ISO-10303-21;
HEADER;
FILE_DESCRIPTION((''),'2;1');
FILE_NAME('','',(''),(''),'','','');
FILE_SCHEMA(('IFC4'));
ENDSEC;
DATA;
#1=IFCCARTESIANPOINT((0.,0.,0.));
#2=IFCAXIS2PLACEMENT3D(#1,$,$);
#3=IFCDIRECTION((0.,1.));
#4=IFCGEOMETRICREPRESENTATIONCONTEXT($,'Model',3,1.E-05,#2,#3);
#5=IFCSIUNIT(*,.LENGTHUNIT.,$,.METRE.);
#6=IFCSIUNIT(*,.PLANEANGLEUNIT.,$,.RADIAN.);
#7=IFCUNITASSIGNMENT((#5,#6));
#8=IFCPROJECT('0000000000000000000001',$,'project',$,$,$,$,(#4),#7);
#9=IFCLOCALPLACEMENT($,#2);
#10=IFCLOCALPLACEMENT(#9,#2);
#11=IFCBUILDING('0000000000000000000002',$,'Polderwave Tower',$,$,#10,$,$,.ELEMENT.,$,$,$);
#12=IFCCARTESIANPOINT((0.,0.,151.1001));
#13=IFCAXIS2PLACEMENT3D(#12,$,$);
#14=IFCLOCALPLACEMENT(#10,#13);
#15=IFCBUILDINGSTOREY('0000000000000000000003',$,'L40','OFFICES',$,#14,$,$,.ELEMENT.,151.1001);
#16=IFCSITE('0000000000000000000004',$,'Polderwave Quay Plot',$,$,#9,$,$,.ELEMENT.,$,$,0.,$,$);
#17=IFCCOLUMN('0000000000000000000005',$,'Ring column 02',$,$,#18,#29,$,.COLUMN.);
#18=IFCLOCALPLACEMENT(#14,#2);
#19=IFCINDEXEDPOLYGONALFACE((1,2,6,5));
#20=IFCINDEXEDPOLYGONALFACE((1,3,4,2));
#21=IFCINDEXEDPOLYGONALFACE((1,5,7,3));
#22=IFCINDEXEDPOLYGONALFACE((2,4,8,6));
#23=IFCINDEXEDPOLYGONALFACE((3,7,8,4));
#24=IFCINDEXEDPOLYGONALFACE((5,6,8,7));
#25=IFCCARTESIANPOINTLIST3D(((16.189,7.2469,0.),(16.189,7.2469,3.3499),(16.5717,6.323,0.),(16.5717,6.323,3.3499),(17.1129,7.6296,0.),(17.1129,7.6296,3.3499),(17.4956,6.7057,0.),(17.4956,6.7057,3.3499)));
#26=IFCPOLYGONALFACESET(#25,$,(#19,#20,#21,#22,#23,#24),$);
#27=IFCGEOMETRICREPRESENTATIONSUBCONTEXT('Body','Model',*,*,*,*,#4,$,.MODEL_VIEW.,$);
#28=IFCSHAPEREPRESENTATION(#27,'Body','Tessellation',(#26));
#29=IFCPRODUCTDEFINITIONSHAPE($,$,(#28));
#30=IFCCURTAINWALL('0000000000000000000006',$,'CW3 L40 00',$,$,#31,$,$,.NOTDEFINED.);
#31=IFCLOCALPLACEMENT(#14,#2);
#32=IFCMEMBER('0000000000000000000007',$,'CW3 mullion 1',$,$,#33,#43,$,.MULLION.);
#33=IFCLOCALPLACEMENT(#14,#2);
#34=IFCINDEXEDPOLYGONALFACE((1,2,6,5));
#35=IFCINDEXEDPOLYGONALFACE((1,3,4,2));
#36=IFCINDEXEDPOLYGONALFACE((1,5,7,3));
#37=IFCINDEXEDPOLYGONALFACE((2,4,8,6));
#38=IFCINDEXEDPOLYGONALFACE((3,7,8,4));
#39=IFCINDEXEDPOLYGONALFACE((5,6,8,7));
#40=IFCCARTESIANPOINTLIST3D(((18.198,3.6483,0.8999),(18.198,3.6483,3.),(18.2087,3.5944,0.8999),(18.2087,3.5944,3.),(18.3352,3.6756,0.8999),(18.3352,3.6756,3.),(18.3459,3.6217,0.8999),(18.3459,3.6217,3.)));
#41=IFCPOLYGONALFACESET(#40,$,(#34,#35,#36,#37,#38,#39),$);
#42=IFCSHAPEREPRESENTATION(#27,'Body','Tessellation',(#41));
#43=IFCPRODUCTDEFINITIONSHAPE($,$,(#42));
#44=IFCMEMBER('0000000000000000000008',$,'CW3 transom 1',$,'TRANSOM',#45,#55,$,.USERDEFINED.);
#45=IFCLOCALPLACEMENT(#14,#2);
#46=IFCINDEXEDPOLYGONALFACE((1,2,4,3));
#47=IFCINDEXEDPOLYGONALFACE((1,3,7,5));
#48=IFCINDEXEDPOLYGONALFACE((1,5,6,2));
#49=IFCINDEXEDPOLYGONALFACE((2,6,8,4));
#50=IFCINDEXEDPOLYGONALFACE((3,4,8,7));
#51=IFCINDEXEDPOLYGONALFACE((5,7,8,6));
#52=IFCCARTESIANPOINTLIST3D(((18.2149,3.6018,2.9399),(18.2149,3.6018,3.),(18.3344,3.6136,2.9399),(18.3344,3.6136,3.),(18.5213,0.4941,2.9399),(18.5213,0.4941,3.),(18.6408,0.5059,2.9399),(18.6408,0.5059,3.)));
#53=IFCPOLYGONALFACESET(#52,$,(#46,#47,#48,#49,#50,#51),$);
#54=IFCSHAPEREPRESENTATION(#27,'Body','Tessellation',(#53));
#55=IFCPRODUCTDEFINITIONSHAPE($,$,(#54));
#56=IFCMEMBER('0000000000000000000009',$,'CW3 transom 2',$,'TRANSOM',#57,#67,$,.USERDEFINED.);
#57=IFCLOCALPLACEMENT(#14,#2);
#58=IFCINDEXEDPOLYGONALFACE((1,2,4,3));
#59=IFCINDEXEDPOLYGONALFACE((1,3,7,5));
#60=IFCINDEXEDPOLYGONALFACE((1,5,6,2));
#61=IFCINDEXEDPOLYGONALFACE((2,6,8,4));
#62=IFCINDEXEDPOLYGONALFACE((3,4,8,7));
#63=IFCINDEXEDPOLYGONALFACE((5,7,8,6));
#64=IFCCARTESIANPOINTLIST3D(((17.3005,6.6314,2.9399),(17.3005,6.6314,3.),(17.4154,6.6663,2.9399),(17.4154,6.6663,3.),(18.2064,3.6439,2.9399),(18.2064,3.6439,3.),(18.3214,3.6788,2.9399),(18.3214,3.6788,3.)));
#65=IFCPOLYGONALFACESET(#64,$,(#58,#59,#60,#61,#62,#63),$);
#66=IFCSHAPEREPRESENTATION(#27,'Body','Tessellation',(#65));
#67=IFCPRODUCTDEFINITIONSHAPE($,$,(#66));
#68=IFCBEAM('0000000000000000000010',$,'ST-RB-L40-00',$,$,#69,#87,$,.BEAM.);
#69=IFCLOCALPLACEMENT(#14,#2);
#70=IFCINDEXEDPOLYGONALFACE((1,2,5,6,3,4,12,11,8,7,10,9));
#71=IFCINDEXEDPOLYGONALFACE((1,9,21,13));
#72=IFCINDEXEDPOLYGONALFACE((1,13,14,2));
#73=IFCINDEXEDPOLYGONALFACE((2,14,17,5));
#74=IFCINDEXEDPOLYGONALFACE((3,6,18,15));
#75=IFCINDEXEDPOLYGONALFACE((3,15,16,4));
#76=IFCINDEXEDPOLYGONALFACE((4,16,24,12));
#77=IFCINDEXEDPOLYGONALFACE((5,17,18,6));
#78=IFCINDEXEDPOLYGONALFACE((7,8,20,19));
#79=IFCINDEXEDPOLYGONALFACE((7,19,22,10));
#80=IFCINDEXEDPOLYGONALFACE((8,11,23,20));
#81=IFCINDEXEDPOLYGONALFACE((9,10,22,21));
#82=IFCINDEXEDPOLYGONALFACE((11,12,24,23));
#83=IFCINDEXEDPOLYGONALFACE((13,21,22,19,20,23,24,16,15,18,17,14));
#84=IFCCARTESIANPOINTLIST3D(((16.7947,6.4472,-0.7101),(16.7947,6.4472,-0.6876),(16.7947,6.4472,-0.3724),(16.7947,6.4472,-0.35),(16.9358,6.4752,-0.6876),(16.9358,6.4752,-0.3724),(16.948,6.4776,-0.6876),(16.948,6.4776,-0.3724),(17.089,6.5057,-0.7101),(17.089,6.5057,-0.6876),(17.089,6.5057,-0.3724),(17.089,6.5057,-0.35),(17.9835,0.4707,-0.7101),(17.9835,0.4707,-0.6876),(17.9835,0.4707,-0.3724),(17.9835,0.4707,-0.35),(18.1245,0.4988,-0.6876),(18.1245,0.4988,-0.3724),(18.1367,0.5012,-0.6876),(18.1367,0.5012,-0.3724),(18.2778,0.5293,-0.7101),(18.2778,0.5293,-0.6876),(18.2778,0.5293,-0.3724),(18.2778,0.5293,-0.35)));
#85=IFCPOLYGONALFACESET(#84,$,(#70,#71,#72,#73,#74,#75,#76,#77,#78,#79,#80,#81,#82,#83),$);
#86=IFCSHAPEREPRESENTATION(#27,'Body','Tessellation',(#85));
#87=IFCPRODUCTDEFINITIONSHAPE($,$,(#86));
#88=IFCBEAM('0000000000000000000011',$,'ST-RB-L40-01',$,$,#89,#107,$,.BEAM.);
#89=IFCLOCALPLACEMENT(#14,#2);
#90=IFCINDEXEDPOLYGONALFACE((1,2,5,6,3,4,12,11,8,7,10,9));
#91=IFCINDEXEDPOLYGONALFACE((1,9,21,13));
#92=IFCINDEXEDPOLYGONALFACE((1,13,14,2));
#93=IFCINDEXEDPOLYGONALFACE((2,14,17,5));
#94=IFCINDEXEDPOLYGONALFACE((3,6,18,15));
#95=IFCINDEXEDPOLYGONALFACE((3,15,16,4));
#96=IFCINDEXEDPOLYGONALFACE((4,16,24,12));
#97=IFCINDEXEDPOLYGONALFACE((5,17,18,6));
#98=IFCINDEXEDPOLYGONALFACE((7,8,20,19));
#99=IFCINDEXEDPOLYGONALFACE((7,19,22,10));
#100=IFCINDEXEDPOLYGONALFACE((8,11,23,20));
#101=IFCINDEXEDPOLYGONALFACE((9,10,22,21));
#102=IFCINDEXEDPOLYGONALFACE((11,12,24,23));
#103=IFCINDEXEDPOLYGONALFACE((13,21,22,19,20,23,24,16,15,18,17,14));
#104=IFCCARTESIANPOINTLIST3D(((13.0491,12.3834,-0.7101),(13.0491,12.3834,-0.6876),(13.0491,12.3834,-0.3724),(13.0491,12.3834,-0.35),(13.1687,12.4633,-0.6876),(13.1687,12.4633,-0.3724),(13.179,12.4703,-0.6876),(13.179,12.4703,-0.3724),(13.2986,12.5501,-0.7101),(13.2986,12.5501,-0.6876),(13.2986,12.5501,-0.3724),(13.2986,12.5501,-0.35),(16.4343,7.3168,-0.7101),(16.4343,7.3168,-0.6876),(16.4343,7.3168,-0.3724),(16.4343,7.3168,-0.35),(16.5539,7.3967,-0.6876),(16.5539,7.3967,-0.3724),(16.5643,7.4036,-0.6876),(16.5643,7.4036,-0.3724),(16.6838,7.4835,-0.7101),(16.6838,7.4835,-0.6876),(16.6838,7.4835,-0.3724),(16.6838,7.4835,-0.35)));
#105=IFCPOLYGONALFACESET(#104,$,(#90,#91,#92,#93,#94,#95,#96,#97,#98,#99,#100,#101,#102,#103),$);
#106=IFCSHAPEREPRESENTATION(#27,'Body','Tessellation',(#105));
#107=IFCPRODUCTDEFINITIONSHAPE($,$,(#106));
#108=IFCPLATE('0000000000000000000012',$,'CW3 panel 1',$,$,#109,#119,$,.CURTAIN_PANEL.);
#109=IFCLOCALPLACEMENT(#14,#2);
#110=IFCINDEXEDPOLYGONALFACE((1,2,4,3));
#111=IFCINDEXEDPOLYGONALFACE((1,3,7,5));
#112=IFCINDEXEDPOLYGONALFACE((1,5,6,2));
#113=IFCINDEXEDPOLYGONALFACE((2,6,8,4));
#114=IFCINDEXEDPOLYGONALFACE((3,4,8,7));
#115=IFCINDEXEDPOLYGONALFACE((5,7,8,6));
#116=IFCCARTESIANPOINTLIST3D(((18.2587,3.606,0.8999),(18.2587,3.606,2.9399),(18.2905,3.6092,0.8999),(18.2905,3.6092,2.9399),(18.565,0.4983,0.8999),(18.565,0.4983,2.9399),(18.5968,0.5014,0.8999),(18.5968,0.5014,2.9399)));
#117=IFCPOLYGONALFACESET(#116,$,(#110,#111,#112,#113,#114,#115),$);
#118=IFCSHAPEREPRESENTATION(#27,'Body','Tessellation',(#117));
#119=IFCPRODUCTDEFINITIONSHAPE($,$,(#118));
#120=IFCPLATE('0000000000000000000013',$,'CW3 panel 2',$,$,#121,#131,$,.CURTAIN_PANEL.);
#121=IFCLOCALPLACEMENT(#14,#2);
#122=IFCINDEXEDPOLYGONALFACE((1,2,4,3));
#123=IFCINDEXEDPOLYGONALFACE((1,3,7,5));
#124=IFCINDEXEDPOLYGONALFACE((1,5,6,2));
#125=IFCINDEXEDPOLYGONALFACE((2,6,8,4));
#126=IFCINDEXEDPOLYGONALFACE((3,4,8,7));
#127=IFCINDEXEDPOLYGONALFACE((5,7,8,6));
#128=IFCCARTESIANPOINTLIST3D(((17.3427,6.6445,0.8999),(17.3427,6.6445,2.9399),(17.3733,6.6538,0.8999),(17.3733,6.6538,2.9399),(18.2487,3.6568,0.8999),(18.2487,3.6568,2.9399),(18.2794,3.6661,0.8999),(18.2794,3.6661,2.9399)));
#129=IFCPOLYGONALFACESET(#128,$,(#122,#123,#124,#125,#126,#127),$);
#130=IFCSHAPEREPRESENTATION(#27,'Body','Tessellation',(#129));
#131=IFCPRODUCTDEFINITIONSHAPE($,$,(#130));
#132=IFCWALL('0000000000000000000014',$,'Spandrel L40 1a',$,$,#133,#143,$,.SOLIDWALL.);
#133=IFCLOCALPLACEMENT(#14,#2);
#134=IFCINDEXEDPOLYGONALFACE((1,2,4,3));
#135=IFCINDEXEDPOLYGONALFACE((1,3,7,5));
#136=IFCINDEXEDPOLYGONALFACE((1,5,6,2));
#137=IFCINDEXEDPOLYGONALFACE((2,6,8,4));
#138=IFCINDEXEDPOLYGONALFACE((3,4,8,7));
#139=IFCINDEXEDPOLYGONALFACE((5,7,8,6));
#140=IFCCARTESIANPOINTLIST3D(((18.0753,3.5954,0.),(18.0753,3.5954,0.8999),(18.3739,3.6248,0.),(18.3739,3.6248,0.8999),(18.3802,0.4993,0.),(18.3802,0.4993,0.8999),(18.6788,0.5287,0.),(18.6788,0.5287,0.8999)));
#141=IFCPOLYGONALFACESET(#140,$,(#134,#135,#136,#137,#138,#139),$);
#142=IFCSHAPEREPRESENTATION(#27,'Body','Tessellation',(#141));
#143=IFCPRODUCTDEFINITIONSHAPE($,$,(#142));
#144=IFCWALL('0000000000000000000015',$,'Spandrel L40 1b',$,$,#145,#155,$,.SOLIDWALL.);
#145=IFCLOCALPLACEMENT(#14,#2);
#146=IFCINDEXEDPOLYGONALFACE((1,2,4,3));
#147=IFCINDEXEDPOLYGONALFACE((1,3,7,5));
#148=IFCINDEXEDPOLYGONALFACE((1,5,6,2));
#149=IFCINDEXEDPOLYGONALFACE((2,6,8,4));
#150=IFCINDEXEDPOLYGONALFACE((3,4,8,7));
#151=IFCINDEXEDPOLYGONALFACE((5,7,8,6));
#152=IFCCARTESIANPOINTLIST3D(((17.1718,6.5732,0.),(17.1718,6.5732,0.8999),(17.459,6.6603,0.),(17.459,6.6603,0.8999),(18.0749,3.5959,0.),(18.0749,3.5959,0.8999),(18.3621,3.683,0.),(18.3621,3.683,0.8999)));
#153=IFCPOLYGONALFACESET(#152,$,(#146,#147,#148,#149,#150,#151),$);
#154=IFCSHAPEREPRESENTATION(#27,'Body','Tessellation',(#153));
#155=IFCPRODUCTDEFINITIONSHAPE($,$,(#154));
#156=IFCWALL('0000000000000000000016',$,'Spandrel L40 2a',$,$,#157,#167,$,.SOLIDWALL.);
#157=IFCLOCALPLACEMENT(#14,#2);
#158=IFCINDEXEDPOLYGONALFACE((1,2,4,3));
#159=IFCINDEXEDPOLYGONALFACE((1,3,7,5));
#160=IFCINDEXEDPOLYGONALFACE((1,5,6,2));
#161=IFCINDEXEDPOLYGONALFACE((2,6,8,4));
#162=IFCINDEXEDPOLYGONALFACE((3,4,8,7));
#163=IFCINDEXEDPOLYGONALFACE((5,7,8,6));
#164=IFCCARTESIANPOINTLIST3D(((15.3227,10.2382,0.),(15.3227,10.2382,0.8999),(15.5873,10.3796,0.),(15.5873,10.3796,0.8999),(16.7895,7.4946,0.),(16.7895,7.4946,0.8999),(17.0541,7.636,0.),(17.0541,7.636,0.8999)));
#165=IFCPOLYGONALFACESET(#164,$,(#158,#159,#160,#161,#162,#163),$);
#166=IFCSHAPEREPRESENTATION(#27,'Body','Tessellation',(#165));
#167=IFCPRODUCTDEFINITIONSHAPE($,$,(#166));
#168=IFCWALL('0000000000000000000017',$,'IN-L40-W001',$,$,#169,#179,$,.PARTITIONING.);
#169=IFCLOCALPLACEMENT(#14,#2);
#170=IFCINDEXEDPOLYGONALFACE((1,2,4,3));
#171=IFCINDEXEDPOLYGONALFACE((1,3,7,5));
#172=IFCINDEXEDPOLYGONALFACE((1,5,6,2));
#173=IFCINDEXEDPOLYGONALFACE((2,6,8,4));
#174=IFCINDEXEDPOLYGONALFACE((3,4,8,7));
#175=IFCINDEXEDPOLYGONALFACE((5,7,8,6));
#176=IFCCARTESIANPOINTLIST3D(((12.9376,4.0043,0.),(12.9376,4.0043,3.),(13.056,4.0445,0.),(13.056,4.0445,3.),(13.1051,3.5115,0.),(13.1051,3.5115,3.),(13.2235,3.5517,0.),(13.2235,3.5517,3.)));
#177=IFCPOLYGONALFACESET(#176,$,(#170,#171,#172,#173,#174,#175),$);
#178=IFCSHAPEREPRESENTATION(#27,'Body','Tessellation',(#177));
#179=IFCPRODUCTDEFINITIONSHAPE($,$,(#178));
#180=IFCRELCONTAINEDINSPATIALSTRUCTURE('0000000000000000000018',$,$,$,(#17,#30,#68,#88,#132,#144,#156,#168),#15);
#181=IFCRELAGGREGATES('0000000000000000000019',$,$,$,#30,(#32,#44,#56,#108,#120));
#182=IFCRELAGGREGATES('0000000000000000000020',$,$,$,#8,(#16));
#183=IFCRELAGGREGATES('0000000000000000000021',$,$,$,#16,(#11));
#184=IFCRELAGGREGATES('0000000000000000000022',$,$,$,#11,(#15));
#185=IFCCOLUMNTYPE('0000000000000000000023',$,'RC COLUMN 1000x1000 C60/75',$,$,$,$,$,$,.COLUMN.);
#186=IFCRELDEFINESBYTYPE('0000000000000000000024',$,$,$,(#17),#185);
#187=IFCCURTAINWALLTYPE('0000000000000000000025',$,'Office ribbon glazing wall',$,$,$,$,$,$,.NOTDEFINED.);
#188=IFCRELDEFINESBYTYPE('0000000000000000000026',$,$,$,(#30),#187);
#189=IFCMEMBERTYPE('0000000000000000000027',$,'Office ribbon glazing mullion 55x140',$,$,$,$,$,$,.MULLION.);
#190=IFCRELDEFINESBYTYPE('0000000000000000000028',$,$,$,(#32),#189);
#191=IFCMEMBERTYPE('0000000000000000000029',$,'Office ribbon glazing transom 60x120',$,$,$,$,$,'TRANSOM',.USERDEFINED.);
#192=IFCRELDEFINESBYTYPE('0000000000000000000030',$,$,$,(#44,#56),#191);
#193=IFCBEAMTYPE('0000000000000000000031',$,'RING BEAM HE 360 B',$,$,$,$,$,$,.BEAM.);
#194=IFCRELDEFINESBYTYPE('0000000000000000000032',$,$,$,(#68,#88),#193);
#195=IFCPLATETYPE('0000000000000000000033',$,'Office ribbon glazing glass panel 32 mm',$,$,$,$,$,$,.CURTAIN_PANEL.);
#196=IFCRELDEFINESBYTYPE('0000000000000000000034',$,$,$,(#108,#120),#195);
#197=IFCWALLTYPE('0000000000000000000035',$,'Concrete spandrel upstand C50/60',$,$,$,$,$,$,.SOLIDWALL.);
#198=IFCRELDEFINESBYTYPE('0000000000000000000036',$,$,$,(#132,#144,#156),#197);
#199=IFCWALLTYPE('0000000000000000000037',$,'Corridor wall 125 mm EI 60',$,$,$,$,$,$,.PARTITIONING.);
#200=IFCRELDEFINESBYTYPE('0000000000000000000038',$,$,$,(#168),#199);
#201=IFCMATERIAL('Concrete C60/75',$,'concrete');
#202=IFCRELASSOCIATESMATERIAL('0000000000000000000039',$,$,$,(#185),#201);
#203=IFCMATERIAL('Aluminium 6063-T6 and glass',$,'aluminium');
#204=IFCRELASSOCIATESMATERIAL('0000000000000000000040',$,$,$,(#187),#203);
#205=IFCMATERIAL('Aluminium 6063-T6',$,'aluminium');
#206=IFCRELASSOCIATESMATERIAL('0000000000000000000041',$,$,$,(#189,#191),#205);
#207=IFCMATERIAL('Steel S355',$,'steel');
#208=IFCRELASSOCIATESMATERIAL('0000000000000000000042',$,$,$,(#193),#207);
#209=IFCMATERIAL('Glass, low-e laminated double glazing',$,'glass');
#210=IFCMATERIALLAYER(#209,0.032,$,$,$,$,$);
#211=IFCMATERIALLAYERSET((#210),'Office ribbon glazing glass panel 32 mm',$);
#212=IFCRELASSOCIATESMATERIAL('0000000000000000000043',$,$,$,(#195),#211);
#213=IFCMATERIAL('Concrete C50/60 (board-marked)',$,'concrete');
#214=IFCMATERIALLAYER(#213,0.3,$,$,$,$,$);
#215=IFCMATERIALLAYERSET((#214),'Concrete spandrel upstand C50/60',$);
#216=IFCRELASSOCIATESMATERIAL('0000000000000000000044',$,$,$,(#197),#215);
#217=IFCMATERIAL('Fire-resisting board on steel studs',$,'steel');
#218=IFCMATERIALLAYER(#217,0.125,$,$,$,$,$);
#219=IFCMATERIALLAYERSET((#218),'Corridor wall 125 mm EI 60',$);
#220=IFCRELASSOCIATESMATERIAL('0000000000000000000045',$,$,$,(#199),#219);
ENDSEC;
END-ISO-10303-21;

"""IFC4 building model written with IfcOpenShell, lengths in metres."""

from ifc_helpers import new_model, si_unit, direction, frame, frame_2d, origin, origin_2d, place, context, subcontext, project, spatial, rectangle, i_section, extrude, material, layer, layer_set, material_profile, profile_set, type_object, element, aggregate, save


model = new_model("IFC4")

# Units and contexts
model_context = context("Model", 3, precision=1e-05, world=origin(), true_north=direction((0.0, 1.0)))
body_context = subcontext(model_context, "Body", "Model", "MODEL_VIEW")
ifc_project = project(units=[si_unit("LENGTHUNIT", "METRE"), si_unit("PLANEANGLEUNIT", "RADIAN")], contexts=[model_context])

# Site, building, storey
site_placement = place(None, origin())
site = spatial("IfcSite", under=ifc_project, at=site_placement, Name="Polderwave Quay Plot", CompositionType="ELEMENT", RefElevation=0.0)
building_placement = place(site_placement, origin())
building = spatial("IfcBuilding", under=site, at=building_placement, Name="Polderwave Tower", CompositionType="ELEMENT")
storey_placement = place(building_placement, frame((0.0, 0.0, 151.1001)))
storey = spatial("IfcBuildingStorey", under=building, at=storey_placement, Name="L40", Description="OFFICES", CompositionType="ELEMENT", Elevation=151.1001)

# Column
ifc_material_1 = material(Name="Concrete C60/75", Category="concrete")
ifc_material_profile_1 = material_profile(ifc_material_1, rectangle(XDim=1.0, YDim=1.0, at=origin_2d()), Name="RC 1000x1000")
ifc_profile_set_1 = profile_set([ifc_material_profile_1], Name="Concrete C60/75")
column_type = type_object("IfcColumnType", Name="RC COLUMN 1000x1000 C60/75", PredefinedType="COLUMN", material=ifc_profile_set_1)
column_placement = place(storey_placement, frame((16.8423, 6.9763, 0.0), z_axis=(0.0, 0.0, 1.0), x_axis=(0.92388, 0.382683, 0.0)))
element("IfcColumn", 1, at=column_placement, inside=storey, type_object=column_type, Name="Ring column 02", PredefinedType="COLUMN", context=body_context, shape_type="SweptSolid", body=[
    extrude(rectangle(XDim=1.0, YDim=1.0, at=origin_2d()), origin(), (0.0, 0.0, 1.0), 3.3499),
])

# Curtain wall, members
ifc_material_2 = material(Name="Aluminium 6063-T6 and glass", Category="aluminium")
curtain_wall_type = type_object("IfcCurtainWallType", Name="Office ribbon glazing wall", PredefinedType="NOTDEFINED", material=ifc_material_2)
curtain_wall_placement = place(storey_placement, origin())
curtain_wall = element("IfcCurtainWall", 2, at=curtain_wall_placement, inside=storey, type_object=curtain_wall_type, Name="CW3 L40 00", PredefinedType="NOTDEFINED")
ifc_material_3 = material(Name="Aluminium 6063-T6", Category="aluminium")
ifc_material_profile_2 = material_profile(ifc_material_3, rectangle(XDim=0.1399, YDim=0.0549, at=origin_2d()), Name="AL 55x140")
ifc_profile_set_2 = profile_set([ifc_material_profile_2], Name="Aluminium 6063-T6")
member_type_1 = type_object("IfcMemberType", Name="Office ribbon glazing mullion 55x140", PredefinedType="MULLION", material=ifc_profile_set_2)
member_1_placement = place(storey_placement, frame((18.272, 3.635, 0.8999), z_axis=(0.0, 0.0, 1.0), x_axis=(-0.980787, -0.195083, 0.0)))
member_1 = element("IfcMember", 3, at=member_1_placement, type_object=member_type_1, Name="CW3 mullion 1", PredefinedType="MULLION", context=body_context, shape_type="SweptSolid", body=[
    extrude(rectangle(XDim=0.1399, YDim=0.0549, at=origin_2d()), origin(), (0.0, 0.0, 1.0), 2.1001),
])
ifc_material_profile_3 = material_profile(ifc_material_3, rectangle(XDim=0.1201, YDim=0.0601, at=origin_2d()), Name="AL 60x120")
ifc_profile_set_3 = profile_set([ifc_material_profile_3], Name="Aluminium 6063-T6")
member_type_2 = type_object("IfcMemberType", Name="Office ribbon glazing transom 60x120", ElementType="TRANSOM", PredefinedType="USERDEFINED", material=ifc_profile_set_3)
member_2_placement = place(storey_placement, frame((18.5811, 0.5, 2.97), z_axis=(-0.098118, 0.995175, 0.0), x_axis=(-0.995175, -0.098118, 0.0)))
member_2 = element("IfcMember", 4, at=member_2_placement, type_object=member_type_2, Name="CW3 transom 1", ObjectType="TRANSOM", PredefinedType="USERDEFINED", context=body_context, shape_type="SweptSolid", body=[
    extrude(rectangle(XDim=0.1201, YDim=0.0601, at=origin_2d()), origin(), (0.0, 0.0, 1.0), 3.1228),
])
member_3_placement = place(storey_placement, frame((18.2639, 3.6614, 2.97), z_axis=(-0.290209, 0.956963, 0.0), x_axis=(-0.956963, -0.290209, 0.0)))
member_3 = element("IfcMember", 5, at=member_3_placement, type_object=member_type_2, Name="CW3 transom 2", ObjectType="TRANSOM", PredefinedType="USERDEFINED", context=body_context, shape_type="SweptSolid", body=[
    extrude(rectangle(XDim=0.1201, YDim=0.0601, at=origin_2d()), origin(), (0.0, 0.0, 1.0), 3.1218),
])

# Beams
ifc_material_4 = material(Name="Steel S355", Category="steel")
ifc_material_profile_4 = material_profile(ifc_material_4, i_section(OverallWidth=0.3, OverallDepth=0.3601, WebThickness=0.0125, FlangeThickness=0.0225, at=origin_2d()), Name="HE 360 B")
ifc_profile_set_4 = profile_set([ifc_material_profile_4], Name="Steel S355")
beam_type = type_object("IfcBeamType", Name="RING BEAM HE 360 B", PredefinedType="BEAM", material=ifc_profile_set_4)
for number, where, z_axis, x_axis, name in (
    (6, (18.1306, 0.5, -0.53), (-0.195084, 0.980787, 0.0), (-0.980787, -0.195084, 0.0), "ST-RB-L40-00"),
    (7, (16.5591, 7.4001, -0.53), (-0.555551, 0.831483, 0.0), (-0.831483, -0.555551, 0.0), "ST-RB-L40-01"),
):
    element("IfcBeam", number, at=place(storey_placement, frame(where, z_axis=z_axis, x_axis=x_axis)), inside=storey, type_object=beam_type, Name=name, PredefinedType="BEAM", context=body_context, shape_type="SweptSolid", body=[
        extrude(i_section(OverallWidth=0.3, OverallDepth=0.3601, WebThickness=0.0125, FlangeThickness=0.0225, at=origin_2d()), origin(), (0.0, 0.0, 1.0), 6.0935),
    ])

# Plates
ifc_material_5 = material(Name="Glass, low-e laminated double glazing", Category="glass")
ifc_layer_1 = layer(ifc_material_5, 0.032)
ifc_layer_set_1 = layer_set([ifc_layer_1], Name="Office ribbon glazing glass panel 32 mm")
plate_type = type_object("IfcPlateType", Name="Office ribbon glazing glass panel 32 mm", PredefinedType="CURTAIN_PANEL", material=ifc_layer_set_1)
plate_1_placement = place(storey_placement, frame((18.4277, 2.0537, 0.8999), z_axis=(0.0, 0.0, 1.0), x_axis=(-0.09809, 0.995178, 0.0)))
plate_1 = element("IfcPlate", 8, at=plate_1_placement, type_object=plate_type, Name="CW3 panel 1", PredefinedType="CURTAIN_PANEL", context=body_context, shape_type="SweptSolid", body=[
    extrude(rectangle(XDim=3.1228, YDim=0.032, at=origin_2d()), origin(), (0.0, 0.0, 1.0), 2.04),
])
plate_2_placement = place(storey_placement, frame((17.811, 5.1553, 0.8999), z_axis=(0.0, 0.0, 1.0), x_axis=(-0.290201, 0.956966, 0.0)))
plate_2 = element("IfcPlate", 9, at=plate_2_placement, type_object=plate_type, Name="CW3 panel 2", PredefinedType="CURTAIN_PANEL", context=body_context, shape_type="SweptSolid", body=[
    extrude(rectangle(XDim=3.1221, YDim=0.032, at=origin_2d()), origin(), (0.0, 0.0, 1.0), 2.04),
])
aggregate(curtain_wall, [member_1, member_2, member_3, plate_1, plate_2])

# Walls
ifc_material_6 = material(Name="Concrete C50/60 (board-marked)", Category="concrete")
ifc_layer_2 = layer(ifc_material_6, 0.3)
ifc_layer_set_2 = layer_set([ifc_layer_2], Name="Concrete spandrel upstand C50/60")
wall_type_1 = type_object("IfcWallType", Name="Concrete spandrel upstand C50/60", PredefinedType="SOLIDWALL", material=ifc_layer_set_2)
wall_1_placement = place(storey_placement, frame((18.5295, 0.5139, 0.0), z_axis=(0.0, 0.0, 1.0), x_axis=(-0.098012, 0.995185, 0.0)))
element("IfcWall", 10, at=wall_1_placement, inside=storey, type_object=wall_type_1, Name="Spandrel L40 1a", PredefinedType="SOLIDWALL", context=body_context, shape_type="SweptSolid", body=[
    extrude(rectangle(XDim=3.1111, YDim=0.3, at=frame_2d((1.5557, 0.0))), origin(), (0.0, 0.0, 1.0), 0.8999),
])
wall_2_placement = place(storey_placement, frame((18.2185, 3.6394, 0.0), z_axis=(0.0, 0.0, 1.0), x_axis=(-0.290262, 0.956947, 0.0)))
element("IfcWall", 11, at=wall_2_placement, inside=storey, type_object=wall_type_1, Name="Spandrel L40 1b", PredefinedType="SOLIDWALL", context=body_context, shape_type="SweptSolid", body=[
    extrude(rectangle(XDim=3.1113, YDim=0.3, at=frame_2d((1.5557, 0.0))), origin(), (0.0, 0.0, 1.0), 0.8999),
])
wall_3_placement = place(storey_placement, frame((16.9219, 7.5652, 0.0), z_axis=(0.0, 0.0, 1.0), x_axis=(-0.471468, 0.881883, 0.0)))
element("IfcWall", 12, at=wall_3_placement, inside=storey, type_object=wall_type_1, Name="Spandrel L40 2a", PredefinedType="SOLIDWALL", context=body_context, shape_type="SweptSolid", body=[
    extrude(rectangle(XDim=3.1111, YDim=0.3, at=frame_2d((1.5557, 0.0))), origin(), (0.0, 0.0, 1.0), 0.8999),
])
ifc_material_7 = material(Name="Fire-resisting board on steel studs", Category="steel")
ifc_layer_3 = layer(ifc_material_7, 0.125)
ifc_layer_set_3 = layer_set([ifc_layer_3], Name="Corridor wall 125 mm EI 60")
wall_type_2 = type_object("IfcWallType", Name="Corridor wall 125 mm EI 60", PredefinedType="PARTITIONING", material=ifc_layer_set_3)
wall_4_placement = place(storey_placement, frame((12.9968, 4.0244, 0.0), z_axis=(0.0, 0.0, 1.0), x_axis=(0.321709, -0.946838, 0.0)))
element("IfcWall", 13, at=wall_4_placement, inside=storey, type_object=wall_type_2, Name="IN-L40-W001", PredefinedType="PARTITIONING", context=body_context, shape_type="SweptSolid", body=[
    extrude(rectangle(XDim=0.5205, YDim=0.125, at=frame_2d((0.2603, 0.0))), origin(), (0.0, 0.0, 1.0), 3.0),
])

save(model, "model.ifc")
